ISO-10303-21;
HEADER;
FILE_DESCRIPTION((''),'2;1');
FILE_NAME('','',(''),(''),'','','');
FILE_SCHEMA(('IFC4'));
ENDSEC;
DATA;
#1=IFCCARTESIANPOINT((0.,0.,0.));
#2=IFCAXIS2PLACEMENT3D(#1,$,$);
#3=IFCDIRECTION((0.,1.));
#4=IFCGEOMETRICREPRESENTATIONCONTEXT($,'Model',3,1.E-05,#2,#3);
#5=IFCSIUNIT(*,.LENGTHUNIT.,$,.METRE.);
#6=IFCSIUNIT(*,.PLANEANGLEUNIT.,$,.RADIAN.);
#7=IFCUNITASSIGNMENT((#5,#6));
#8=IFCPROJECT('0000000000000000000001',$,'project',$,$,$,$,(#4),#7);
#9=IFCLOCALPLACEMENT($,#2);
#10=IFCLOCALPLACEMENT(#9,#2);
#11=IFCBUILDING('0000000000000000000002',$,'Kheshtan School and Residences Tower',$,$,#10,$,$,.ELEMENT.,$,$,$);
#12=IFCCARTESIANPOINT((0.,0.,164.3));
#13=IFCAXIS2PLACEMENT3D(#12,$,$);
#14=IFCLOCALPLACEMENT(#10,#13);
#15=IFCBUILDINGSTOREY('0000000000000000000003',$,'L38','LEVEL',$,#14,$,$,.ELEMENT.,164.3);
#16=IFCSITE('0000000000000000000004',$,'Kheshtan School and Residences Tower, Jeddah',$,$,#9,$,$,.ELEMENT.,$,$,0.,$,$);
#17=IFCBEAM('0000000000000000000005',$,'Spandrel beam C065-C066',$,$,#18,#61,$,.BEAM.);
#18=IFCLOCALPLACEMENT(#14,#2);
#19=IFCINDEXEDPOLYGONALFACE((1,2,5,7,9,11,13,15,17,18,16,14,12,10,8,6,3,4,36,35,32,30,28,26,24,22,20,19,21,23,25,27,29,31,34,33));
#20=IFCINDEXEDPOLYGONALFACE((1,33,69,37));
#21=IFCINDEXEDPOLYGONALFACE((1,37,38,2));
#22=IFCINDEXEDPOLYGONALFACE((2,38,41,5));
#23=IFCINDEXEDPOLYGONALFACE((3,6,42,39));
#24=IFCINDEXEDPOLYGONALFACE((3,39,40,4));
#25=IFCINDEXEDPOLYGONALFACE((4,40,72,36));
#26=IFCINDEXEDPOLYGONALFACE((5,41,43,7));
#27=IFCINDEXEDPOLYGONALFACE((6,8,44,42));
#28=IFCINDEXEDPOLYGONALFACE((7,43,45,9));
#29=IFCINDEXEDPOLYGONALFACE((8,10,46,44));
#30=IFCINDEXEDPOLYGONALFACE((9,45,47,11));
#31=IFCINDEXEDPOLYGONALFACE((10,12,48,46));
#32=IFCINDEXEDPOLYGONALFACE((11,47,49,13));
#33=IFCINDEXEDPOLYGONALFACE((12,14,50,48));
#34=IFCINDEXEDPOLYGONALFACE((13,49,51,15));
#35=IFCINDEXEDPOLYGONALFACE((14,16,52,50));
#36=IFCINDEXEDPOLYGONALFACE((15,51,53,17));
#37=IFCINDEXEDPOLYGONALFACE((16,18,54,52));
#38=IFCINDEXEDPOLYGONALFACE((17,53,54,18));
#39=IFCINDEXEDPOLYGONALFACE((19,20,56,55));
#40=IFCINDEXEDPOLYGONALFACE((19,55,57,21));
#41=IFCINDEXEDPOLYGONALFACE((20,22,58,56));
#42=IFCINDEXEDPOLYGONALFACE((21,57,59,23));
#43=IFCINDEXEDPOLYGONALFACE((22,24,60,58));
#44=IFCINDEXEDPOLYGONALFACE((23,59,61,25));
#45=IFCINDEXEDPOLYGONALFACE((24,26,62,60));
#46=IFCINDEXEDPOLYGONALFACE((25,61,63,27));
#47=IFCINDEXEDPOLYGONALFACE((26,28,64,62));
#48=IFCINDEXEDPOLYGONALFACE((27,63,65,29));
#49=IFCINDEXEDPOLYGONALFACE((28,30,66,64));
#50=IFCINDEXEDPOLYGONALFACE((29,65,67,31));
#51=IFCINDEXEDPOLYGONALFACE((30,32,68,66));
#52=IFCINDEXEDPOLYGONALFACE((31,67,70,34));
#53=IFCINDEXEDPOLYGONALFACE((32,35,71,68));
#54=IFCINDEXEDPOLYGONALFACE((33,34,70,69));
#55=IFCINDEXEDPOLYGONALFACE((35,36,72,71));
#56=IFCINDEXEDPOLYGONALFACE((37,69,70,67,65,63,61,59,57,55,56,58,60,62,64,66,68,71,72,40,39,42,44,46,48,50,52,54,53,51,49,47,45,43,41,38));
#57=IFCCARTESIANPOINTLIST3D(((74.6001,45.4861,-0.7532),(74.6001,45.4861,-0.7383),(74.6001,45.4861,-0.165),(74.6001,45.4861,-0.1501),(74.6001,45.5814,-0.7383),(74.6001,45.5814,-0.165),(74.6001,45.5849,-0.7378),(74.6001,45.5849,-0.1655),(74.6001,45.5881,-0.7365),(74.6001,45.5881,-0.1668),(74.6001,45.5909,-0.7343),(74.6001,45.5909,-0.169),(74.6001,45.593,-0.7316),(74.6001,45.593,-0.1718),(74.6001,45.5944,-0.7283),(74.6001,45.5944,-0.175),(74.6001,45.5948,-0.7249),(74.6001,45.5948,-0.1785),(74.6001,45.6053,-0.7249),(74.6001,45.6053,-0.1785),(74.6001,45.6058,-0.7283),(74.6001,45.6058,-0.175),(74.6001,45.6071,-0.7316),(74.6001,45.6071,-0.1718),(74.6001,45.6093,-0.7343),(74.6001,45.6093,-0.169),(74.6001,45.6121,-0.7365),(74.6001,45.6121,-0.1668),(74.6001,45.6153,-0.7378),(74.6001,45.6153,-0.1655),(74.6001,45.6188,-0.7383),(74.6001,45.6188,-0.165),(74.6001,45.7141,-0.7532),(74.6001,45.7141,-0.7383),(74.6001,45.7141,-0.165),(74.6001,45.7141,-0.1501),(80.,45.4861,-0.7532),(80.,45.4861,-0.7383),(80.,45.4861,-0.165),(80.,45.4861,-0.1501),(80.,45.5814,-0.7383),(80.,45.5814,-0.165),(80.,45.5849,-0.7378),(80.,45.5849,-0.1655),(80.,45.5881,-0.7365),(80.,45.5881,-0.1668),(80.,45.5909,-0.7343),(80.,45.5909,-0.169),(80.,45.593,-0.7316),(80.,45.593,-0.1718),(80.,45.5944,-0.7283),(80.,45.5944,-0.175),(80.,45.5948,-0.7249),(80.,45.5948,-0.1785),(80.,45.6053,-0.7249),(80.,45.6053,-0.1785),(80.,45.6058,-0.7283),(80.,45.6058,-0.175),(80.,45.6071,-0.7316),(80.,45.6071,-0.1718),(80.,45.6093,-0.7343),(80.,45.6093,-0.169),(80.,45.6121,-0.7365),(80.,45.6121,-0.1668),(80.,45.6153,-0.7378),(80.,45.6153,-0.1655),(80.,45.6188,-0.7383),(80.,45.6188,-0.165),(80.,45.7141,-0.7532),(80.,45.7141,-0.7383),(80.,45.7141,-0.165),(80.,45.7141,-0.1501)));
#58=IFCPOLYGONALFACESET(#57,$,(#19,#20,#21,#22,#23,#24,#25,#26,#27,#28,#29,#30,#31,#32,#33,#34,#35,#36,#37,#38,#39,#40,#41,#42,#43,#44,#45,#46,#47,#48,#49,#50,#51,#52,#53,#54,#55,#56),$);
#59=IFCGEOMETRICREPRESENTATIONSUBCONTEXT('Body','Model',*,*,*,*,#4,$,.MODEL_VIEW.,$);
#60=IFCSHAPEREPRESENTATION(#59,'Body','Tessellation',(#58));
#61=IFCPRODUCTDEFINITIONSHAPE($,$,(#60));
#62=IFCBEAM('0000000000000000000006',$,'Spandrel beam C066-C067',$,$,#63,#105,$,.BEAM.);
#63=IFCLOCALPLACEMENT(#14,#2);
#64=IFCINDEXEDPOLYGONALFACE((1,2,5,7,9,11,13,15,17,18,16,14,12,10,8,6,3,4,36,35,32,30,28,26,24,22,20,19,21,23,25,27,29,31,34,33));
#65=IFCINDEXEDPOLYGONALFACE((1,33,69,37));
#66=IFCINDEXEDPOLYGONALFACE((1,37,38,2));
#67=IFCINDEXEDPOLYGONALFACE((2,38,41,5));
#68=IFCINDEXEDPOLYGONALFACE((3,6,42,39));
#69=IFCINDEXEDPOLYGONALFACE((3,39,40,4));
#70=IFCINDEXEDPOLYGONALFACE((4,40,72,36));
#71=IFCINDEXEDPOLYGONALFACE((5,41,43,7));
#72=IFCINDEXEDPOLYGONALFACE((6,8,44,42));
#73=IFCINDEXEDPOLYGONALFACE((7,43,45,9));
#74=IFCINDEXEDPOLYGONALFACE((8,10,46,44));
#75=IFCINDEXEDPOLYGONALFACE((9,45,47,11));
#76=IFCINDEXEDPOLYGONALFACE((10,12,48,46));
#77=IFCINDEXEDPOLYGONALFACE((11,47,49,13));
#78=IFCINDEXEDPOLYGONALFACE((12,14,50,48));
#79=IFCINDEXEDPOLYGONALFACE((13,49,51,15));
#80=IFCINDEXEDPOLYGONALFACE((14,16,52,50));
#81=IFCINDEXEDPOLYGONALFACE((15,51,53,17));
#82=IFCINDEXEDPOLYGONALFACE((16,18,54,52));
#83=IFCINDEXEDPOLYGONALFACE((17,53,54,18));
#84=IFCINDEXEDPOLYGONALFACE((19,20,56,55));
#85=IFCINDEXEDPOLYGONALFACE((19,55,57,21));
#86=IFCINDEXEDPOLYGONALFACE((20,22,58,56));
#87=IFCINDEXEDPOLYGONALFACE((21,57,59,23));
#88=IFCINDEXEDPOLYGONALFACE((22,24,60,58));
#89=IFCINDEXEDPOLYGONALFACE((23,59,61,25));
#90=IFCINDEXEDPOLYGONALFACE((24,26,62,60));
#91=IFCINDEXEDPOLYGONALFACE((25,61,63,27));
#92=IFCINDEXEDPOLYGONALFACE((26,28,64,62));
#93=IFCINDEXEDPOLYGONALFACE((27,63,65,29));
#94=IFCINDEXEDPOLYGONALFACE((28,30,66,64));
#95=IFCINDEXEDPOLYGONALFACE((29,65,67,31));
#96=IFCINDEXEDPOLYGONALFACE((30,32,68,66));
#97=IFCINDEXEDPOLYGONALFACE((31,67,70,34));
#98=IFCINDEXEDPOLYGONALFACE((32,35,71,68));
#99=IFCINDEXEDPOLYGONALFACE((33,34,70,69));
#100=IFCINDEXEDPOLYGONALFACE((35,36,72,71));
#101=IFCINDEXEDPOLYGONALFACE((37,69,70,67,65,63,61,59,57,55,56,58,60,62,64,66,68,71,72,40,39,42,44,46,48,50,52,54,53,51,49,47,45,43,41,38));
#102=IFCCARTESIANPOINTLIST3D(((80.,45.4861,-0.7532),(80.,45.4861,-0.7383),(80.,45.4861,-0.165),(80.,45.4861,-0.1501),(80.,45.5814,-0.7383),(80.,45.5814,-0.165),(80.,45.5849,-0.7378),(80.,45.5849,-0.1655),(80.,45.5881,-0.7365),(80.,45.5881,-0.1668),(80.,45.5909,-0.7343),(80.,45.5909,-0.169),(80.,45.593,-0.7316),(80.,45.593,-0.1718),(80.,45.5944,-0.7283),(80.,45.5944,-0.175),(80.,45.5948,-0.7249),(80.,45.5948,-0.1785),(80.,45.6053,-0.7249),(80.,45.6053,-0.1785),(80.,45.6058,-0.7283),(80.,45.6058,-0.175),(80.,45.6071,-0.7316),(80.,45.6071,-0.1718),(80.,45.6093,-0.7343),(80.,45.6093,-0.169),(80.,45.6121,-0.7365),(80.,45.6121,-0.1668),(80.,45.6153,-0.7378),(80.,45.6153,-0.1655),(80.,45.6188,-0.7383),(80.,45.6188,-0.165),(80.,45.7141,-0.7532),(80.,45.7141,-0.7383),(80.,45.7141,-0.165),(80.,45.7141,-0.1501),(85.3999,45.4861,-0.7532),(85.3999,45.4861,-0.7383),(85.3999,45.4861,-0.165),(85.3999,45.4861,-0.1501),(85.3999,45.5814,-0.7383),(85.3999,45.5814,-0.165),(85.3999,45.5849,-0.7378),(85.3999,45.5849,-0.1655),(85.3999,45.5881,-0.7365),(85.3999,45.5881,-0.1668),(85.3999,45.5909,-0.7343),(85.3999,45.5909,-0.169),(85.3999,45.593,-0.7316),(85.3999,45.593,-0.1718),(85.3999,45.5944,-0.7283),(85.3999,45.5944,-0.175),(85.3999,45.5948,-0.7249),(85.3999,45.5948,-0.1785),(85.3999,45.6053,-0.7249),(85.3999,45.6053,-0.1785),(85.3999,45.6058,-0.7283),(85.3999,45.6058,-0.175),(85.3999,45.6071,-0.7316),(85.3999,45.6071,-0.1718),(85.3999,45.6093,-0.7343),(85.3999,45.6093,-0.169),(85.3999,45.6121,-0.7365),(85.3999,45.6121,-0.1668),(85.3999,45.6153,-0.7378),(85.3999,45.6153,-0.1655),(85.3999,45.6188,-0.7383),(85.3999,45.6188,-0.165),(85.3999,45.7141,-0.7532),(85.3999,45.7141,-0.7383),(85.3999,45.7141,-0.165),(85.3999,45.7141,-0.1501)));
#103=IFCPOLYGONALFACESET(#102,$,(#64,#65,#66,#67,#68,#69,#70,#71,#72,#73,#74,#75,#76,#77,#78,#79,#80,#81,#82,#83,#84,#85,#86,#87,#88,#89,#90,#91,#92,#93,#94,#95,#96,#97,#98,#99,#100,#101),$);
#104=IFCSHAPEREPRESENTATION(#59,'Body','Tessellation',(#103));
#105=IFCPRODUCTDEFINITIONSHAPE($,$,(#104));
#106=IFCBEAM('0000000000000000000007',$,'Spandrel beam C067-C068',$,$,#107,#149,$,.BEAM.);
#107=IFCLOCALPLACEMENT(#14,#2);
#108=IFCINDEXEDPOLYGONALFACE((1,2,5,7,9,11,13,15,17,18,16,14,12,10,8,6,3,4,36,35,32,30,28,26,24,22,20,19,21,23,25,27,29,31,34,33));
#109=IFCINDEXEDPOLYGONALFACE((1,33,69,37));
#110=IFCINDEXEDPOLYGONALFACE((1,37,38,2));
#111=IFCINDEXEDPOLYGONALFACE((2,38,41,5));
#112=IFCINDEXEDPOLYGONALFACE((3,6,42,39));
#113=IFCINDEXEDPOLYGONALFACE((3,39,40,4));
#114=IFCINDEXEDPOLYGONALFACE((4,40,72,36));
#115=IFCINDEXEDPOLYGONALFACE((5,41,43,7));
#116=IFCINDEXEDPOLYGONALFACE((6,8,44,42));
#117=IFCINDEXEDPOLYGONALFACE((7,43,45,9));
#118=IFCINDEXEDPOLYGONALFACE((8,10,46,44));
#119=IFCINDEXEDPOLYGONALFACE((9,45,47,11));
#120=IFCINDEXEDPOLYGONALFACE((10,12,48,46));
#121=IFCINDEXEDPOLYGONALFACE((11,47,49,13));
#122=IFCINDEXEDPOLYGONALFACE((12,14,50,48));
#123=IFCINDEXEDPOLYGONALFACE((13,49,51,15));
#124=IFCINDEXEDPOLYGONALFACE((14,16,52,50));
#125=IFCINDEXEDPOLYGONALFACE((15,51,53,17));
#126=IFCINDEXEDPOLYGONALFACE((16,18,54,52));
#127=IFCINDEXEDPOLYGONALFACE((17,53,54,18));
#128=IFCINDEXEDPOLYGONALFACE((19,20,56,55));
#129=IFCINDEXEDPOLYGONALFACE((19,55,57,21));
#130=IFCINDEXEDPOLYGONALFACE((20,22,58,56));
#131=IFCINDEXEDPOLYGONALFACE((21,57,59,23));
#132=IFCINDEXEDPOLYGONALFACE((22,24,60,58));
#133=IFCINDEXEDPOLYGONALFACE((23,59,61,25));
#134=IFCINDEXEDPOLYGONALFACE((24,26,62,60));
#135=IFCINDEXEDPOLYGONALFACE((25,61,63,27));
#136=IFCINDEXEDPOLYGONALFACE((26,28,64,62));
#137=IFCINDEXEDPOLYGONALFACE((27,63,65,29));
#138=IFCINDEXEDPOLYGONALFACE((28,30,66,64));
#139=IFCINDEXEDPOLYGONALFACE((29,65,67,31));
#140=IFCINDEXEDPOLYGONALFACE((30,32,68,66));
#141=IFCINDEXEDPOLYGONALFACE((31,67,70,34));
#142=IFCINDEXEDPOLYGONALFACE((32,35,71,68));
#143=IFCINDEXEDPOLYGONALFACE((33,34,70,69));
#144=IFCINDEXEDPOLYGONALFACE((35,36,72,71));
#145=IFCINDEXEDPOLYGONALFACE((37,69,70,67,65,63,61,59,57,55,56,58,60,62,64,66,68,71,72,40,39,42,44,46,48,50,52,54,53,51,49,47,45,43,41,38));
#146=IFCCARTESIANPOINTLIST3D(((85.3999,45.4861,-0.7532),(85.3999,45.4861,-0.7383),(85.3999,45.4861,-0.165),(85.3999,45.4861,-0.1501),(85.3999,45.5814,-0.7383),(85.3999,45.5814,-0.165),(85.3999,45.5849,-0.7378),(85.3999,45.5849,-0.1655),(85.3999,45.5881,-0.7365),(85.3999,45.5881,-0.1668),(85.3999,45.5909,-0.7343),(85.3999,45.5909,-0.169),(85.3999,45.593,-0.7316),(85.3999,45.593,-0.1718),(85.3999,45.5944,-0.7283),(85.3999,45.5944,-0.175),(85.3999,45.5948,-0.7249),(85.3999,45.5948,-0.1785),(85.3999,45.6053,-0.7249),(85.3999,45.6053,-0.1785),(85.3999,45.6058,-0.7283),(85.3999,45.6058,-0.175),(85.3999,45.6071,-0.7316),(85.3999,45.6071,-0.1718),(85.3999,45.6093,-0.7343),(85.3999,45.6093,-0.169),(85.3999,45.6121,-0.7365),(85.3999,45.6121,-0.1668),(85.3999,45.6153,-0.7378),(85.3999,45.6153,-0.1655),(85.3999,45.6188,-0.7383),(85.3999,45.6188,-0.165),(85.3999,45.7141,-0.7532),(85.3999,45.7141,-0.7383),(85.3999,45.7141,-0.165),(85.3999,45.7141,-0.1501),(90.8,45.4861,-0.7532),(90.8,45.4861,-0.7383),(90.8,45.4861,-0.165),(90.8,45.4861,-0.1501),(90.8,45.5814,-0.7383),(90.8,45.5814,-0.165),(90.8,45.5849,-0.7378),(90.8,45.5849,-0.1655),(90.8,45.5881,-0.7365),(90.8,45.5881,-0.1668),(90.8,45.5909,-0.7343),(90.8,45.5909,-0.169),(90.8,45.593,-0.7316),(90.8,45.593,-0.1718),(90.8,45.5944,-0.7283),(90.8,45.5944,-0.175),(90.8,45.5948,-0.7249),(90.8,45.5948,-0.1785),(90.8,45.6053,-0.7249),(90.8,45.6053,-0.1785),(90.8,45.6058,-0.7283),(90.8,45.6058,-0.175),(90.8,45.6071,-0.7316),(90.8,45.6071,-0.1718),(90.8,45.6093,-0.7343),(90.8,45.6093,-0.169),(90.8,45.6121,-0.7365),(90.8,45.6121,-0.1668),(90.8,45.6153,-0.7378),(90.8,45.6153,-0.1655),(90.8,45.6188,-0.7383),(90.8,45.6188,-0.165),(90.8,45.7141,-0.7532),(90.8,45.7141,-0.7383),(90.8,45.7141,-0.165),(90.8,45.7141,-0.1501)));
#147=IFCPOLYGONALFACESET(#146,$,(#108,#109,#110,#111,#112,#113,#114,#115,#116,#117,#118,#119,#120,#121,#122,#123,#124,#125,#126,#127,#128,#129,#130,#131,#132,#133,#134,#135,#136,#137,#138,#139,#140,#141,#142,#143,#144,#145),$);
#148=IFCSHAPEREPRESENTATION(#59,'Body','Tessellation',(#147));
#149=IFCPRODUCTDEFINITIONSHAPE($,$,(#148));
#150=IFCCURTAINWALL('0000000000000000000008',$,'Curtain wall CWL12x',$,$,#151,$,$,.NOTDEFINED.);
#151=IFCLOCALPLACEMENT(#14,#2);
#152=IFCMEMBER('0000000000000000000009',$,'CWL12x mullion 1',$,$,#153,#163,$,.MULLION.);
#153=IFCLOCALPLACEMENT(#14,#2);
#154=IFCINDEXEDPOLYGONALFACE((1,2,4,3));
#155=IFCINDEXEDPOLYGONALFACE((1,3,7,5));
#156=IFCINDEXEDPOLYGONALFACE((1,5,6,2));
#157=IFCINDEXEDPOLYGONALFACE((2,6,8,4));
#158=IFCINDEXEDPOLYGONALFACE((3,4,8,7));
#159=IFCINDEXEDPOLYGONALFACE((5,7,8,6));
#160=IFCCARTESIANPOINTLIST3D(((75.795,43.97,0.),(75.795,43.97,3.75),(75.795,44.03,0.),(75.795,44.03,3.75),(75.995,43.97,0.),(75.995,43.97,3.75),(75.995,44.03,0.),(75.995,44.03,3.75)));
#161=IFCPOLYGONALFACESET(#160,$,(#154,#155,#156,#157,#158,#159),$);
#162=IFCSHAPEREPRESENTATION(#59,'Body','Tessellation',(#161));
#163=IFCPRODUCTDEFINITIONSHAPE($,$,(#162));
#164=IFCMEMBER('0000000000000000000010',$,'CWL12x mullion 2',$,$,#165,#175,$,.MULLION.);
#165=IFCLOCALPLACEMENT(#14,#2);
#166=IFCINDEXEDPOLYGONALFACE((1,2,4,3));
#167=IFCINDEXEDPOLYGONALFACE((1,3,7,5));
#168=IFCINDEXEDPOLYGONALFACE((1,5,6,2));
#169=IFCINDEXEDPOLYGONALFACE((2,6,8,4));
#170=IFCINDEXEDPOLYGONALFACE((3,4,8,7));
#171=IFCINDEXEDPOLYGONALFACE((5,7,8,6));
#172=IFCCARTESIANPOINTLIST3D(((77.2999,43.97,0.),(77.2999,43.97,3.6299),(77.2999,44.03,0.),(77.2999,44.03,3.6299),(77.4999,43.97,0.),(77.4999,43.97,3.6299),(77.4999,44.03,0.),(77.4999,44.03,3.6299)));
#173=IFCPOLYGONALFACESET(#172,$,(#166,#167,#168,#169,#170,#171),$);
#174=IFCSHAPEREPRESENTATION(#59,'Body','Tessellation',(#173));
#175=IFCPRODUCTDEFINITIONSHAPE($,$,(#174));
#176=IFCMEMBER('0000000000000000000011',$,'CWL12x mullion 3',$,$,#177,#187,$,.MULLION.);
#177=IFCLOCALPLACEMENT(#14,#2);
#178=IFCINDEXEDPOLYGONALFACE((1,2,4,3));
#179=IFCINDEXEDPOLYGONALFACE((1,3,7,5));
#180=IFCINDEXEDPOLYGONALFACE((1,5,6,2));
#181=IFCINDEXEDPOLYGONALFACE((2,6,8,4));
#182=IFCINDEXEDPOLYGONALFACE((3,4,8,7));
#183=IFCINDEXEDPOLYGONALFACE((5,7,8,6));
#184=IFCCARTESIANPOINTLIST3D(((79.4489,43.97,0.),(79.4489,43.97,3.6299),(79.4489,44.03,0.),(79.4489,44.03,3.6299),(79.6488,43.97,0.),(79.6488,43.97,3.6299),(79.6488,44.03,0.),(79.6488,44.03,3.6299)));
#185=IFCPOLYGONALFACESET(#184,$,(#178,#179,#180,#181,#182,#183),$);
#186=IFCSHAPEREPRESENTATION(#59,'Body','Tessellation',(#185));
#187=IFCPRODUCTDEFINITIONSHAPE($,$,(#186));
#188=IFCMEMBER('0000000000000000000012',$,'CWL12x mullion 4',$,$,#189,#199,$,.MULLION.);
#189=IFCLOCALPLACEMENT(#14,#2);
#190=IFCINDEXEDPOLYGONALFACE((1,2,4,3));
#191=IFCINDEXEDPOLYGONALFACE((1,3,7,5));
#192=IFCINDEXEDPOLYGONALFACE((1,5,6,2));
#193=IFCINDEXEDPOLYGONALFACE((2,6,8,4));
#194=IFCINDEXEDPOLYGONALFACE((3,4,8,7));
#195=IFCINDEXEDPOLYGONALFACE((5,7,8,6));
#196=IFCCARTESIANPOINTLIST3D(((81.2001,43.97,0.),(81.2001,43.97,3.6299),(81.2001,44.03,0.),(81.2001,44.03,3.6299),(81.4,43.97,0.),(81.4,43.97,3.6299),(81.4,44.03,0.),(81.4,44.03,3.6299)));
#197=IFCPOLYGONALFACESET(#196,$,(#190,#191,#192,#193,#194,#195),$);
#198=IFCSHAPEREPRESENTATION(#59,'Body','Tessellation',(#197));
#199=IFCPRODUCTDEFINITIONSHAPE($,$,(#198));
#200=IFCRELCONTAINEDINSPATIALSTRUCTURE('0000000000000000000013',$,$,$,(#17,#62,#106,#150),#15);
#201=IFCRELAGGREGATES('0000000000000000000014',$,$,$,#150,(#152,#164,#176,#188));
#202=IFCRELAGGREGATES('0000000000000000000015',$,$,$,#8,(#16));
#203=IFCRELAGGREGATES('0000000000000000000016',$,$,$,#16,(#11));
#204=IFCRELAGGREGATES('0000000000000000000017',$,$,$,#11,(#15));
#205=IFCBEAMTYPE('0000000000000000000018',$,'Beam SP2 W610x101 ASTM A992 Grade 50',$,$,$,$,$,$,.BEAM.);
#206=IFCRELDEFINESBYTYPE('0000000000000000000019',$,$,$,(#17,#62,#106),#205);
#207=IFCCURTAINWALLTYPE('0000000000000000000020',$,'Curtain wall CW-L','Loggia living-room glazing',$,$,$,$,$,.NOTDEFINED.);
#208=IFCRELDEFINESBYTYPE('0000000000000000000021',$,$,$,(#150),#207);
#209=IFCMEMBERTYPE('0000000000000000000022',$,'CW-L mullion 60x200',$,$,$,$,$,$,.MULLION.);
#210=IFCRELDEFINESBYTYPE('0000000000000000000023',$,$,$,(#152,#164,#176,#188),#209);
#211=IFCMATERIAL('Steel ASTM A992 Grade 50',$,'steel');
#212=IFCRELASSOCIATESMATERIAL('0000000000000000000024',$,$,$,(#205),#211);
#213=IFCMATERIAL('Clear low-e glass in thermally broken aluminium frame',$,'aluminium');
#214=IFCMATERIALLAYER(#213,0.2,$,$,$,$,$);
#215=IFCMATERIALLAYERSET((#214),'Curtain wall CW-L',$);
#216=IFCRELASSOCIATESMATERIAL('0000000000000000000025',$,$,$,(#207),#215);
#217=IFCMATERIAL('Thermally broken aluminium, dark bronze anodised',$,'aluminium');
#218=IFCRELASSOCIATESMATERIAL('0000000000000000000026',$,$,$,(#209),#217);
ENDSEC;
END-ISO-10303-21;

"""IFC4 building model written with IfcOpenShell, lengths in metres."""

from ifc_helpers import new_model, si_unit, direction, frame, origin, origin_2d, place, context, subcontext, project, spatial, rectangle, i_section, extrude, material, layer, layer_set, material_profile, profile_set, type_object, element, aggregate, save


model = new_model("IFC4")

# Units and contexts
model_context = context("Model", 3, precision=1e-05, world=origin(), true_north=direction((0.0, 1.0)))
body_context = subcontext(model_context, "Body", "Model", "MODEL_VIEW")
ifc_project = project(units=[si_unit("LENGTHUNIT", "METRE"), si_unit("PLANEANGLEUNIT", "RADIAN")], contexts=[model_context])

# Site, building, storey
site_placement = place(None, origin())
site = spatial("IfcSite", under=ifc_project, at=site_placement, Name="Kheshtan School and Residences Tower, Jeddah", CompositionType="ELEMENT", RefElevation=0.0)
building_placement = place(site_placement, origin())
building = spatial("IfcBuilding", under=site, at=building_placement, Name="Kheshtan School and Residences Tower", CompositionType="ELEMENT")
storey_placement = place(building_placement, frame((0.0, 0.0, 164.3)))
storey = spatial("IfcBuildingStorey", under=building, at=storey_placement, Name="L38", Description="LEVEL", CompositionType="ELEMENT", Elevation=164.3)

# Shared definitions
ifc_material_1 = material(Name="Steel ASTM A992 Grade 50", Category="steel")

# Beams
ifc_material_profile_1 = material_profile(ifc_material_1, i_section(OverallWidth=0.228, OverallDepth=0.603, WebThickness=0.0105, FlangeThickness=0.0149, FilletRadius=0.0134, at=origin_2d()), Name="W610x101")
ifc_profile_set_1 = profile_set([ifc_material_profile_1], Name="Steel ASTM A992 Grade 50")
beam_type_1 = type_object("IfcBeamType", Name="Beam SP2 W610x101 ASTM A992 Grade 50", PredefinedType="BEAM", material=ifc_profile_set_1)
for number, where, z_axis, x_axis, name in (
    (1, (74.6001, 45.6001, -0.4517), (1.0, 0.0, 0.0), (0.0, 1.0, 0.0), "Spandrel beam C065-C066"),
    (2, (80.0, 45.6001, -0.4517), (1.0, 0.0, 0.0), (0.0, 1.0, 0.0), "Spandrel beam C066-C067"),
):
    element("IfcBeam", number, at=place(storey_placement, frame(where, z_axis=z_axis, x_axis=x_axis)), inside=storey, type_object=beam_type_1, Name=name, PredefinedType="BEAM", context=body_context, shape_type="SweptSolid", body=[
        extrude(i_section(OverallWidth=0.228, OverallDepth=0.603, WebThickness=0.0105, FlangeThickness=0.0149, FilletRadius=0.0134, at=origin_2d()), origin(), (0.0, 0.0, 1.0), 5.3999),
    ])
beam_1_placement = place(storey_placement, frame((85.3999, 45.6001, -0.4517), z_axis=(1.0, 0.0, 0.0), x_axis=(0.0, 1.0, 0.0)))
element("IfcBeam", 3, at=beam_1_placement, inside=storey, type_object=beam_type_1, Name="Spandrel beam C067-C068", PredefinedType="BEAM", context=body_context, shape_type="SweptSolid", body=[
    extrude(i_section(OverallWidth=0.228, OverallDepth=0.603, WebThickness=0.0105, FlangeThickness=0.0149, FilletRadius=0.0134, at=origin_2d()), origin(), (0.0, 0.0, 1.0), 5.4001),
])

# Curtain wall, members
ifc_material_2 = material(Name="Clear low-e glass in thermally broken aluminium frame", Category="aluminium")
ifc_layer_1 = layer(ifc_material_2, 0.2)
ifc_layer_set_1 = layer_set([ifc_layer_1], Name="Curtain wall CW-L")
curtain_wall_type = type_object("IfcCurtainWallType", Name="Curtain wall CW-L", Description="Loggia living-room glazing", PredefinedType="NOTDEFINED", material=ifc_layer_set_1)
curtain_wall_1_placement = place(storey_placement, origin())
curtain_wall_1 = element("IfcCurtainWall", 4, at=curtain_wall_1_placement, inside=storey, type_object=curtain_wall_type, Name="Curtain wall CWL12x", PredefinedType="NOTDEFINED")
ifc_material_3 = material(Name="Thermally broken aluminium, dark bronze anodised", Category="aluminium")
ifc_material_profile_2 = material_profile(ifc_material_3, rectangle(XDim=0.0601, YDim=0.2, at=origin_2d()), Name="CW-L mullion 60x200")
ifc_profile_set_2 = profile_set([ifc_material_profile_2], Name="Thermally broken aluminium, dark bronze anodised")
member_type_1 = type_object("IfcMemberType", Name="CW-L mullion 60x200", PredefinedType="MULLION", material=ifc_profile_set_2)
member_1_placement = place(storey_placement, frame((75.895, 44.0, 0.0), z_axis=(0.0, 0.0, 1.0), x_axis=(0.0, 1.0, 0.0)))
member_1 = element("IfcMember", 5, at=member_1_placement, type_object=member_type_1, Name="CWL12x mullion 1", PredefinedType="MULLION", context=body_context, shape_type="SweptSolid", body=[
    extrude(rectangle(XDim=0.0601, YDim=0.2, at=origin_2d()), origin(), (0.0, 0.0, 1.0), 3.75),
])
member_2_placement = place(storey_placement, frame((77.3999, 44.0, 0.0), z_axis=(0.0, 0.0, 1.0), x_axis=(0.0, 1.0, 0.0)))
member_2 = element("IfcMember", 6, at=member_2_placement, type_object=member_type_1, Name="CWL12x mullion 2", PredefinedType="MULLION", context=body_context, shape_type="SweptSolid", body=[
    extrude(rectangle(XDim=0.0601, YDim=0.2, at=origin_2d()), origin(), (0.0, 0.0, 1.0), 3.6299),
])
member_3_placement = place(storey_placement, frame((79.5488, 44.0, 0.0), z_axis=(0.0, 0.0, 1.0), x_axis=(0.0, 1.0, 0.0)))
member_3 = element("IfcMember", 7, at=member_3_placement, type_object=member_type_1, Name="CWL12x mullion 3", PredefinedType="MULLION", context=body_context, shape_type="SweptSolid", body=[
    extrude(rectangle(XDim=0.0601, YDim=0.2, at=origin_2d()), origin(), (0.0, 0.0, 1.0), 3.6299),
])
member_4_placement = place(storey_placement, frame((81.3, 44.0, 0.0), z_axis=(0.0, 0.0, 1.0), x_axis=(0.0, 1.0, 0.0)))
member_4 = element("IfcMember", 8, at=member_4_placement, type_object=member_type_1, Name="CWL12x mullion 4", PredefinedType="MULLION", context=body_context, shape_type="SweptSolid", body=[
    extrude(rectangle(XDim=0.0601, YDim=0.2, at=origin_2d()), origin(), (0.0, 0.0, 1.0), 3.6299),
])

aggregate(curtain_wall_1, [member_1, member_2, member_3, member_4])

save(model, "model.ifc")
